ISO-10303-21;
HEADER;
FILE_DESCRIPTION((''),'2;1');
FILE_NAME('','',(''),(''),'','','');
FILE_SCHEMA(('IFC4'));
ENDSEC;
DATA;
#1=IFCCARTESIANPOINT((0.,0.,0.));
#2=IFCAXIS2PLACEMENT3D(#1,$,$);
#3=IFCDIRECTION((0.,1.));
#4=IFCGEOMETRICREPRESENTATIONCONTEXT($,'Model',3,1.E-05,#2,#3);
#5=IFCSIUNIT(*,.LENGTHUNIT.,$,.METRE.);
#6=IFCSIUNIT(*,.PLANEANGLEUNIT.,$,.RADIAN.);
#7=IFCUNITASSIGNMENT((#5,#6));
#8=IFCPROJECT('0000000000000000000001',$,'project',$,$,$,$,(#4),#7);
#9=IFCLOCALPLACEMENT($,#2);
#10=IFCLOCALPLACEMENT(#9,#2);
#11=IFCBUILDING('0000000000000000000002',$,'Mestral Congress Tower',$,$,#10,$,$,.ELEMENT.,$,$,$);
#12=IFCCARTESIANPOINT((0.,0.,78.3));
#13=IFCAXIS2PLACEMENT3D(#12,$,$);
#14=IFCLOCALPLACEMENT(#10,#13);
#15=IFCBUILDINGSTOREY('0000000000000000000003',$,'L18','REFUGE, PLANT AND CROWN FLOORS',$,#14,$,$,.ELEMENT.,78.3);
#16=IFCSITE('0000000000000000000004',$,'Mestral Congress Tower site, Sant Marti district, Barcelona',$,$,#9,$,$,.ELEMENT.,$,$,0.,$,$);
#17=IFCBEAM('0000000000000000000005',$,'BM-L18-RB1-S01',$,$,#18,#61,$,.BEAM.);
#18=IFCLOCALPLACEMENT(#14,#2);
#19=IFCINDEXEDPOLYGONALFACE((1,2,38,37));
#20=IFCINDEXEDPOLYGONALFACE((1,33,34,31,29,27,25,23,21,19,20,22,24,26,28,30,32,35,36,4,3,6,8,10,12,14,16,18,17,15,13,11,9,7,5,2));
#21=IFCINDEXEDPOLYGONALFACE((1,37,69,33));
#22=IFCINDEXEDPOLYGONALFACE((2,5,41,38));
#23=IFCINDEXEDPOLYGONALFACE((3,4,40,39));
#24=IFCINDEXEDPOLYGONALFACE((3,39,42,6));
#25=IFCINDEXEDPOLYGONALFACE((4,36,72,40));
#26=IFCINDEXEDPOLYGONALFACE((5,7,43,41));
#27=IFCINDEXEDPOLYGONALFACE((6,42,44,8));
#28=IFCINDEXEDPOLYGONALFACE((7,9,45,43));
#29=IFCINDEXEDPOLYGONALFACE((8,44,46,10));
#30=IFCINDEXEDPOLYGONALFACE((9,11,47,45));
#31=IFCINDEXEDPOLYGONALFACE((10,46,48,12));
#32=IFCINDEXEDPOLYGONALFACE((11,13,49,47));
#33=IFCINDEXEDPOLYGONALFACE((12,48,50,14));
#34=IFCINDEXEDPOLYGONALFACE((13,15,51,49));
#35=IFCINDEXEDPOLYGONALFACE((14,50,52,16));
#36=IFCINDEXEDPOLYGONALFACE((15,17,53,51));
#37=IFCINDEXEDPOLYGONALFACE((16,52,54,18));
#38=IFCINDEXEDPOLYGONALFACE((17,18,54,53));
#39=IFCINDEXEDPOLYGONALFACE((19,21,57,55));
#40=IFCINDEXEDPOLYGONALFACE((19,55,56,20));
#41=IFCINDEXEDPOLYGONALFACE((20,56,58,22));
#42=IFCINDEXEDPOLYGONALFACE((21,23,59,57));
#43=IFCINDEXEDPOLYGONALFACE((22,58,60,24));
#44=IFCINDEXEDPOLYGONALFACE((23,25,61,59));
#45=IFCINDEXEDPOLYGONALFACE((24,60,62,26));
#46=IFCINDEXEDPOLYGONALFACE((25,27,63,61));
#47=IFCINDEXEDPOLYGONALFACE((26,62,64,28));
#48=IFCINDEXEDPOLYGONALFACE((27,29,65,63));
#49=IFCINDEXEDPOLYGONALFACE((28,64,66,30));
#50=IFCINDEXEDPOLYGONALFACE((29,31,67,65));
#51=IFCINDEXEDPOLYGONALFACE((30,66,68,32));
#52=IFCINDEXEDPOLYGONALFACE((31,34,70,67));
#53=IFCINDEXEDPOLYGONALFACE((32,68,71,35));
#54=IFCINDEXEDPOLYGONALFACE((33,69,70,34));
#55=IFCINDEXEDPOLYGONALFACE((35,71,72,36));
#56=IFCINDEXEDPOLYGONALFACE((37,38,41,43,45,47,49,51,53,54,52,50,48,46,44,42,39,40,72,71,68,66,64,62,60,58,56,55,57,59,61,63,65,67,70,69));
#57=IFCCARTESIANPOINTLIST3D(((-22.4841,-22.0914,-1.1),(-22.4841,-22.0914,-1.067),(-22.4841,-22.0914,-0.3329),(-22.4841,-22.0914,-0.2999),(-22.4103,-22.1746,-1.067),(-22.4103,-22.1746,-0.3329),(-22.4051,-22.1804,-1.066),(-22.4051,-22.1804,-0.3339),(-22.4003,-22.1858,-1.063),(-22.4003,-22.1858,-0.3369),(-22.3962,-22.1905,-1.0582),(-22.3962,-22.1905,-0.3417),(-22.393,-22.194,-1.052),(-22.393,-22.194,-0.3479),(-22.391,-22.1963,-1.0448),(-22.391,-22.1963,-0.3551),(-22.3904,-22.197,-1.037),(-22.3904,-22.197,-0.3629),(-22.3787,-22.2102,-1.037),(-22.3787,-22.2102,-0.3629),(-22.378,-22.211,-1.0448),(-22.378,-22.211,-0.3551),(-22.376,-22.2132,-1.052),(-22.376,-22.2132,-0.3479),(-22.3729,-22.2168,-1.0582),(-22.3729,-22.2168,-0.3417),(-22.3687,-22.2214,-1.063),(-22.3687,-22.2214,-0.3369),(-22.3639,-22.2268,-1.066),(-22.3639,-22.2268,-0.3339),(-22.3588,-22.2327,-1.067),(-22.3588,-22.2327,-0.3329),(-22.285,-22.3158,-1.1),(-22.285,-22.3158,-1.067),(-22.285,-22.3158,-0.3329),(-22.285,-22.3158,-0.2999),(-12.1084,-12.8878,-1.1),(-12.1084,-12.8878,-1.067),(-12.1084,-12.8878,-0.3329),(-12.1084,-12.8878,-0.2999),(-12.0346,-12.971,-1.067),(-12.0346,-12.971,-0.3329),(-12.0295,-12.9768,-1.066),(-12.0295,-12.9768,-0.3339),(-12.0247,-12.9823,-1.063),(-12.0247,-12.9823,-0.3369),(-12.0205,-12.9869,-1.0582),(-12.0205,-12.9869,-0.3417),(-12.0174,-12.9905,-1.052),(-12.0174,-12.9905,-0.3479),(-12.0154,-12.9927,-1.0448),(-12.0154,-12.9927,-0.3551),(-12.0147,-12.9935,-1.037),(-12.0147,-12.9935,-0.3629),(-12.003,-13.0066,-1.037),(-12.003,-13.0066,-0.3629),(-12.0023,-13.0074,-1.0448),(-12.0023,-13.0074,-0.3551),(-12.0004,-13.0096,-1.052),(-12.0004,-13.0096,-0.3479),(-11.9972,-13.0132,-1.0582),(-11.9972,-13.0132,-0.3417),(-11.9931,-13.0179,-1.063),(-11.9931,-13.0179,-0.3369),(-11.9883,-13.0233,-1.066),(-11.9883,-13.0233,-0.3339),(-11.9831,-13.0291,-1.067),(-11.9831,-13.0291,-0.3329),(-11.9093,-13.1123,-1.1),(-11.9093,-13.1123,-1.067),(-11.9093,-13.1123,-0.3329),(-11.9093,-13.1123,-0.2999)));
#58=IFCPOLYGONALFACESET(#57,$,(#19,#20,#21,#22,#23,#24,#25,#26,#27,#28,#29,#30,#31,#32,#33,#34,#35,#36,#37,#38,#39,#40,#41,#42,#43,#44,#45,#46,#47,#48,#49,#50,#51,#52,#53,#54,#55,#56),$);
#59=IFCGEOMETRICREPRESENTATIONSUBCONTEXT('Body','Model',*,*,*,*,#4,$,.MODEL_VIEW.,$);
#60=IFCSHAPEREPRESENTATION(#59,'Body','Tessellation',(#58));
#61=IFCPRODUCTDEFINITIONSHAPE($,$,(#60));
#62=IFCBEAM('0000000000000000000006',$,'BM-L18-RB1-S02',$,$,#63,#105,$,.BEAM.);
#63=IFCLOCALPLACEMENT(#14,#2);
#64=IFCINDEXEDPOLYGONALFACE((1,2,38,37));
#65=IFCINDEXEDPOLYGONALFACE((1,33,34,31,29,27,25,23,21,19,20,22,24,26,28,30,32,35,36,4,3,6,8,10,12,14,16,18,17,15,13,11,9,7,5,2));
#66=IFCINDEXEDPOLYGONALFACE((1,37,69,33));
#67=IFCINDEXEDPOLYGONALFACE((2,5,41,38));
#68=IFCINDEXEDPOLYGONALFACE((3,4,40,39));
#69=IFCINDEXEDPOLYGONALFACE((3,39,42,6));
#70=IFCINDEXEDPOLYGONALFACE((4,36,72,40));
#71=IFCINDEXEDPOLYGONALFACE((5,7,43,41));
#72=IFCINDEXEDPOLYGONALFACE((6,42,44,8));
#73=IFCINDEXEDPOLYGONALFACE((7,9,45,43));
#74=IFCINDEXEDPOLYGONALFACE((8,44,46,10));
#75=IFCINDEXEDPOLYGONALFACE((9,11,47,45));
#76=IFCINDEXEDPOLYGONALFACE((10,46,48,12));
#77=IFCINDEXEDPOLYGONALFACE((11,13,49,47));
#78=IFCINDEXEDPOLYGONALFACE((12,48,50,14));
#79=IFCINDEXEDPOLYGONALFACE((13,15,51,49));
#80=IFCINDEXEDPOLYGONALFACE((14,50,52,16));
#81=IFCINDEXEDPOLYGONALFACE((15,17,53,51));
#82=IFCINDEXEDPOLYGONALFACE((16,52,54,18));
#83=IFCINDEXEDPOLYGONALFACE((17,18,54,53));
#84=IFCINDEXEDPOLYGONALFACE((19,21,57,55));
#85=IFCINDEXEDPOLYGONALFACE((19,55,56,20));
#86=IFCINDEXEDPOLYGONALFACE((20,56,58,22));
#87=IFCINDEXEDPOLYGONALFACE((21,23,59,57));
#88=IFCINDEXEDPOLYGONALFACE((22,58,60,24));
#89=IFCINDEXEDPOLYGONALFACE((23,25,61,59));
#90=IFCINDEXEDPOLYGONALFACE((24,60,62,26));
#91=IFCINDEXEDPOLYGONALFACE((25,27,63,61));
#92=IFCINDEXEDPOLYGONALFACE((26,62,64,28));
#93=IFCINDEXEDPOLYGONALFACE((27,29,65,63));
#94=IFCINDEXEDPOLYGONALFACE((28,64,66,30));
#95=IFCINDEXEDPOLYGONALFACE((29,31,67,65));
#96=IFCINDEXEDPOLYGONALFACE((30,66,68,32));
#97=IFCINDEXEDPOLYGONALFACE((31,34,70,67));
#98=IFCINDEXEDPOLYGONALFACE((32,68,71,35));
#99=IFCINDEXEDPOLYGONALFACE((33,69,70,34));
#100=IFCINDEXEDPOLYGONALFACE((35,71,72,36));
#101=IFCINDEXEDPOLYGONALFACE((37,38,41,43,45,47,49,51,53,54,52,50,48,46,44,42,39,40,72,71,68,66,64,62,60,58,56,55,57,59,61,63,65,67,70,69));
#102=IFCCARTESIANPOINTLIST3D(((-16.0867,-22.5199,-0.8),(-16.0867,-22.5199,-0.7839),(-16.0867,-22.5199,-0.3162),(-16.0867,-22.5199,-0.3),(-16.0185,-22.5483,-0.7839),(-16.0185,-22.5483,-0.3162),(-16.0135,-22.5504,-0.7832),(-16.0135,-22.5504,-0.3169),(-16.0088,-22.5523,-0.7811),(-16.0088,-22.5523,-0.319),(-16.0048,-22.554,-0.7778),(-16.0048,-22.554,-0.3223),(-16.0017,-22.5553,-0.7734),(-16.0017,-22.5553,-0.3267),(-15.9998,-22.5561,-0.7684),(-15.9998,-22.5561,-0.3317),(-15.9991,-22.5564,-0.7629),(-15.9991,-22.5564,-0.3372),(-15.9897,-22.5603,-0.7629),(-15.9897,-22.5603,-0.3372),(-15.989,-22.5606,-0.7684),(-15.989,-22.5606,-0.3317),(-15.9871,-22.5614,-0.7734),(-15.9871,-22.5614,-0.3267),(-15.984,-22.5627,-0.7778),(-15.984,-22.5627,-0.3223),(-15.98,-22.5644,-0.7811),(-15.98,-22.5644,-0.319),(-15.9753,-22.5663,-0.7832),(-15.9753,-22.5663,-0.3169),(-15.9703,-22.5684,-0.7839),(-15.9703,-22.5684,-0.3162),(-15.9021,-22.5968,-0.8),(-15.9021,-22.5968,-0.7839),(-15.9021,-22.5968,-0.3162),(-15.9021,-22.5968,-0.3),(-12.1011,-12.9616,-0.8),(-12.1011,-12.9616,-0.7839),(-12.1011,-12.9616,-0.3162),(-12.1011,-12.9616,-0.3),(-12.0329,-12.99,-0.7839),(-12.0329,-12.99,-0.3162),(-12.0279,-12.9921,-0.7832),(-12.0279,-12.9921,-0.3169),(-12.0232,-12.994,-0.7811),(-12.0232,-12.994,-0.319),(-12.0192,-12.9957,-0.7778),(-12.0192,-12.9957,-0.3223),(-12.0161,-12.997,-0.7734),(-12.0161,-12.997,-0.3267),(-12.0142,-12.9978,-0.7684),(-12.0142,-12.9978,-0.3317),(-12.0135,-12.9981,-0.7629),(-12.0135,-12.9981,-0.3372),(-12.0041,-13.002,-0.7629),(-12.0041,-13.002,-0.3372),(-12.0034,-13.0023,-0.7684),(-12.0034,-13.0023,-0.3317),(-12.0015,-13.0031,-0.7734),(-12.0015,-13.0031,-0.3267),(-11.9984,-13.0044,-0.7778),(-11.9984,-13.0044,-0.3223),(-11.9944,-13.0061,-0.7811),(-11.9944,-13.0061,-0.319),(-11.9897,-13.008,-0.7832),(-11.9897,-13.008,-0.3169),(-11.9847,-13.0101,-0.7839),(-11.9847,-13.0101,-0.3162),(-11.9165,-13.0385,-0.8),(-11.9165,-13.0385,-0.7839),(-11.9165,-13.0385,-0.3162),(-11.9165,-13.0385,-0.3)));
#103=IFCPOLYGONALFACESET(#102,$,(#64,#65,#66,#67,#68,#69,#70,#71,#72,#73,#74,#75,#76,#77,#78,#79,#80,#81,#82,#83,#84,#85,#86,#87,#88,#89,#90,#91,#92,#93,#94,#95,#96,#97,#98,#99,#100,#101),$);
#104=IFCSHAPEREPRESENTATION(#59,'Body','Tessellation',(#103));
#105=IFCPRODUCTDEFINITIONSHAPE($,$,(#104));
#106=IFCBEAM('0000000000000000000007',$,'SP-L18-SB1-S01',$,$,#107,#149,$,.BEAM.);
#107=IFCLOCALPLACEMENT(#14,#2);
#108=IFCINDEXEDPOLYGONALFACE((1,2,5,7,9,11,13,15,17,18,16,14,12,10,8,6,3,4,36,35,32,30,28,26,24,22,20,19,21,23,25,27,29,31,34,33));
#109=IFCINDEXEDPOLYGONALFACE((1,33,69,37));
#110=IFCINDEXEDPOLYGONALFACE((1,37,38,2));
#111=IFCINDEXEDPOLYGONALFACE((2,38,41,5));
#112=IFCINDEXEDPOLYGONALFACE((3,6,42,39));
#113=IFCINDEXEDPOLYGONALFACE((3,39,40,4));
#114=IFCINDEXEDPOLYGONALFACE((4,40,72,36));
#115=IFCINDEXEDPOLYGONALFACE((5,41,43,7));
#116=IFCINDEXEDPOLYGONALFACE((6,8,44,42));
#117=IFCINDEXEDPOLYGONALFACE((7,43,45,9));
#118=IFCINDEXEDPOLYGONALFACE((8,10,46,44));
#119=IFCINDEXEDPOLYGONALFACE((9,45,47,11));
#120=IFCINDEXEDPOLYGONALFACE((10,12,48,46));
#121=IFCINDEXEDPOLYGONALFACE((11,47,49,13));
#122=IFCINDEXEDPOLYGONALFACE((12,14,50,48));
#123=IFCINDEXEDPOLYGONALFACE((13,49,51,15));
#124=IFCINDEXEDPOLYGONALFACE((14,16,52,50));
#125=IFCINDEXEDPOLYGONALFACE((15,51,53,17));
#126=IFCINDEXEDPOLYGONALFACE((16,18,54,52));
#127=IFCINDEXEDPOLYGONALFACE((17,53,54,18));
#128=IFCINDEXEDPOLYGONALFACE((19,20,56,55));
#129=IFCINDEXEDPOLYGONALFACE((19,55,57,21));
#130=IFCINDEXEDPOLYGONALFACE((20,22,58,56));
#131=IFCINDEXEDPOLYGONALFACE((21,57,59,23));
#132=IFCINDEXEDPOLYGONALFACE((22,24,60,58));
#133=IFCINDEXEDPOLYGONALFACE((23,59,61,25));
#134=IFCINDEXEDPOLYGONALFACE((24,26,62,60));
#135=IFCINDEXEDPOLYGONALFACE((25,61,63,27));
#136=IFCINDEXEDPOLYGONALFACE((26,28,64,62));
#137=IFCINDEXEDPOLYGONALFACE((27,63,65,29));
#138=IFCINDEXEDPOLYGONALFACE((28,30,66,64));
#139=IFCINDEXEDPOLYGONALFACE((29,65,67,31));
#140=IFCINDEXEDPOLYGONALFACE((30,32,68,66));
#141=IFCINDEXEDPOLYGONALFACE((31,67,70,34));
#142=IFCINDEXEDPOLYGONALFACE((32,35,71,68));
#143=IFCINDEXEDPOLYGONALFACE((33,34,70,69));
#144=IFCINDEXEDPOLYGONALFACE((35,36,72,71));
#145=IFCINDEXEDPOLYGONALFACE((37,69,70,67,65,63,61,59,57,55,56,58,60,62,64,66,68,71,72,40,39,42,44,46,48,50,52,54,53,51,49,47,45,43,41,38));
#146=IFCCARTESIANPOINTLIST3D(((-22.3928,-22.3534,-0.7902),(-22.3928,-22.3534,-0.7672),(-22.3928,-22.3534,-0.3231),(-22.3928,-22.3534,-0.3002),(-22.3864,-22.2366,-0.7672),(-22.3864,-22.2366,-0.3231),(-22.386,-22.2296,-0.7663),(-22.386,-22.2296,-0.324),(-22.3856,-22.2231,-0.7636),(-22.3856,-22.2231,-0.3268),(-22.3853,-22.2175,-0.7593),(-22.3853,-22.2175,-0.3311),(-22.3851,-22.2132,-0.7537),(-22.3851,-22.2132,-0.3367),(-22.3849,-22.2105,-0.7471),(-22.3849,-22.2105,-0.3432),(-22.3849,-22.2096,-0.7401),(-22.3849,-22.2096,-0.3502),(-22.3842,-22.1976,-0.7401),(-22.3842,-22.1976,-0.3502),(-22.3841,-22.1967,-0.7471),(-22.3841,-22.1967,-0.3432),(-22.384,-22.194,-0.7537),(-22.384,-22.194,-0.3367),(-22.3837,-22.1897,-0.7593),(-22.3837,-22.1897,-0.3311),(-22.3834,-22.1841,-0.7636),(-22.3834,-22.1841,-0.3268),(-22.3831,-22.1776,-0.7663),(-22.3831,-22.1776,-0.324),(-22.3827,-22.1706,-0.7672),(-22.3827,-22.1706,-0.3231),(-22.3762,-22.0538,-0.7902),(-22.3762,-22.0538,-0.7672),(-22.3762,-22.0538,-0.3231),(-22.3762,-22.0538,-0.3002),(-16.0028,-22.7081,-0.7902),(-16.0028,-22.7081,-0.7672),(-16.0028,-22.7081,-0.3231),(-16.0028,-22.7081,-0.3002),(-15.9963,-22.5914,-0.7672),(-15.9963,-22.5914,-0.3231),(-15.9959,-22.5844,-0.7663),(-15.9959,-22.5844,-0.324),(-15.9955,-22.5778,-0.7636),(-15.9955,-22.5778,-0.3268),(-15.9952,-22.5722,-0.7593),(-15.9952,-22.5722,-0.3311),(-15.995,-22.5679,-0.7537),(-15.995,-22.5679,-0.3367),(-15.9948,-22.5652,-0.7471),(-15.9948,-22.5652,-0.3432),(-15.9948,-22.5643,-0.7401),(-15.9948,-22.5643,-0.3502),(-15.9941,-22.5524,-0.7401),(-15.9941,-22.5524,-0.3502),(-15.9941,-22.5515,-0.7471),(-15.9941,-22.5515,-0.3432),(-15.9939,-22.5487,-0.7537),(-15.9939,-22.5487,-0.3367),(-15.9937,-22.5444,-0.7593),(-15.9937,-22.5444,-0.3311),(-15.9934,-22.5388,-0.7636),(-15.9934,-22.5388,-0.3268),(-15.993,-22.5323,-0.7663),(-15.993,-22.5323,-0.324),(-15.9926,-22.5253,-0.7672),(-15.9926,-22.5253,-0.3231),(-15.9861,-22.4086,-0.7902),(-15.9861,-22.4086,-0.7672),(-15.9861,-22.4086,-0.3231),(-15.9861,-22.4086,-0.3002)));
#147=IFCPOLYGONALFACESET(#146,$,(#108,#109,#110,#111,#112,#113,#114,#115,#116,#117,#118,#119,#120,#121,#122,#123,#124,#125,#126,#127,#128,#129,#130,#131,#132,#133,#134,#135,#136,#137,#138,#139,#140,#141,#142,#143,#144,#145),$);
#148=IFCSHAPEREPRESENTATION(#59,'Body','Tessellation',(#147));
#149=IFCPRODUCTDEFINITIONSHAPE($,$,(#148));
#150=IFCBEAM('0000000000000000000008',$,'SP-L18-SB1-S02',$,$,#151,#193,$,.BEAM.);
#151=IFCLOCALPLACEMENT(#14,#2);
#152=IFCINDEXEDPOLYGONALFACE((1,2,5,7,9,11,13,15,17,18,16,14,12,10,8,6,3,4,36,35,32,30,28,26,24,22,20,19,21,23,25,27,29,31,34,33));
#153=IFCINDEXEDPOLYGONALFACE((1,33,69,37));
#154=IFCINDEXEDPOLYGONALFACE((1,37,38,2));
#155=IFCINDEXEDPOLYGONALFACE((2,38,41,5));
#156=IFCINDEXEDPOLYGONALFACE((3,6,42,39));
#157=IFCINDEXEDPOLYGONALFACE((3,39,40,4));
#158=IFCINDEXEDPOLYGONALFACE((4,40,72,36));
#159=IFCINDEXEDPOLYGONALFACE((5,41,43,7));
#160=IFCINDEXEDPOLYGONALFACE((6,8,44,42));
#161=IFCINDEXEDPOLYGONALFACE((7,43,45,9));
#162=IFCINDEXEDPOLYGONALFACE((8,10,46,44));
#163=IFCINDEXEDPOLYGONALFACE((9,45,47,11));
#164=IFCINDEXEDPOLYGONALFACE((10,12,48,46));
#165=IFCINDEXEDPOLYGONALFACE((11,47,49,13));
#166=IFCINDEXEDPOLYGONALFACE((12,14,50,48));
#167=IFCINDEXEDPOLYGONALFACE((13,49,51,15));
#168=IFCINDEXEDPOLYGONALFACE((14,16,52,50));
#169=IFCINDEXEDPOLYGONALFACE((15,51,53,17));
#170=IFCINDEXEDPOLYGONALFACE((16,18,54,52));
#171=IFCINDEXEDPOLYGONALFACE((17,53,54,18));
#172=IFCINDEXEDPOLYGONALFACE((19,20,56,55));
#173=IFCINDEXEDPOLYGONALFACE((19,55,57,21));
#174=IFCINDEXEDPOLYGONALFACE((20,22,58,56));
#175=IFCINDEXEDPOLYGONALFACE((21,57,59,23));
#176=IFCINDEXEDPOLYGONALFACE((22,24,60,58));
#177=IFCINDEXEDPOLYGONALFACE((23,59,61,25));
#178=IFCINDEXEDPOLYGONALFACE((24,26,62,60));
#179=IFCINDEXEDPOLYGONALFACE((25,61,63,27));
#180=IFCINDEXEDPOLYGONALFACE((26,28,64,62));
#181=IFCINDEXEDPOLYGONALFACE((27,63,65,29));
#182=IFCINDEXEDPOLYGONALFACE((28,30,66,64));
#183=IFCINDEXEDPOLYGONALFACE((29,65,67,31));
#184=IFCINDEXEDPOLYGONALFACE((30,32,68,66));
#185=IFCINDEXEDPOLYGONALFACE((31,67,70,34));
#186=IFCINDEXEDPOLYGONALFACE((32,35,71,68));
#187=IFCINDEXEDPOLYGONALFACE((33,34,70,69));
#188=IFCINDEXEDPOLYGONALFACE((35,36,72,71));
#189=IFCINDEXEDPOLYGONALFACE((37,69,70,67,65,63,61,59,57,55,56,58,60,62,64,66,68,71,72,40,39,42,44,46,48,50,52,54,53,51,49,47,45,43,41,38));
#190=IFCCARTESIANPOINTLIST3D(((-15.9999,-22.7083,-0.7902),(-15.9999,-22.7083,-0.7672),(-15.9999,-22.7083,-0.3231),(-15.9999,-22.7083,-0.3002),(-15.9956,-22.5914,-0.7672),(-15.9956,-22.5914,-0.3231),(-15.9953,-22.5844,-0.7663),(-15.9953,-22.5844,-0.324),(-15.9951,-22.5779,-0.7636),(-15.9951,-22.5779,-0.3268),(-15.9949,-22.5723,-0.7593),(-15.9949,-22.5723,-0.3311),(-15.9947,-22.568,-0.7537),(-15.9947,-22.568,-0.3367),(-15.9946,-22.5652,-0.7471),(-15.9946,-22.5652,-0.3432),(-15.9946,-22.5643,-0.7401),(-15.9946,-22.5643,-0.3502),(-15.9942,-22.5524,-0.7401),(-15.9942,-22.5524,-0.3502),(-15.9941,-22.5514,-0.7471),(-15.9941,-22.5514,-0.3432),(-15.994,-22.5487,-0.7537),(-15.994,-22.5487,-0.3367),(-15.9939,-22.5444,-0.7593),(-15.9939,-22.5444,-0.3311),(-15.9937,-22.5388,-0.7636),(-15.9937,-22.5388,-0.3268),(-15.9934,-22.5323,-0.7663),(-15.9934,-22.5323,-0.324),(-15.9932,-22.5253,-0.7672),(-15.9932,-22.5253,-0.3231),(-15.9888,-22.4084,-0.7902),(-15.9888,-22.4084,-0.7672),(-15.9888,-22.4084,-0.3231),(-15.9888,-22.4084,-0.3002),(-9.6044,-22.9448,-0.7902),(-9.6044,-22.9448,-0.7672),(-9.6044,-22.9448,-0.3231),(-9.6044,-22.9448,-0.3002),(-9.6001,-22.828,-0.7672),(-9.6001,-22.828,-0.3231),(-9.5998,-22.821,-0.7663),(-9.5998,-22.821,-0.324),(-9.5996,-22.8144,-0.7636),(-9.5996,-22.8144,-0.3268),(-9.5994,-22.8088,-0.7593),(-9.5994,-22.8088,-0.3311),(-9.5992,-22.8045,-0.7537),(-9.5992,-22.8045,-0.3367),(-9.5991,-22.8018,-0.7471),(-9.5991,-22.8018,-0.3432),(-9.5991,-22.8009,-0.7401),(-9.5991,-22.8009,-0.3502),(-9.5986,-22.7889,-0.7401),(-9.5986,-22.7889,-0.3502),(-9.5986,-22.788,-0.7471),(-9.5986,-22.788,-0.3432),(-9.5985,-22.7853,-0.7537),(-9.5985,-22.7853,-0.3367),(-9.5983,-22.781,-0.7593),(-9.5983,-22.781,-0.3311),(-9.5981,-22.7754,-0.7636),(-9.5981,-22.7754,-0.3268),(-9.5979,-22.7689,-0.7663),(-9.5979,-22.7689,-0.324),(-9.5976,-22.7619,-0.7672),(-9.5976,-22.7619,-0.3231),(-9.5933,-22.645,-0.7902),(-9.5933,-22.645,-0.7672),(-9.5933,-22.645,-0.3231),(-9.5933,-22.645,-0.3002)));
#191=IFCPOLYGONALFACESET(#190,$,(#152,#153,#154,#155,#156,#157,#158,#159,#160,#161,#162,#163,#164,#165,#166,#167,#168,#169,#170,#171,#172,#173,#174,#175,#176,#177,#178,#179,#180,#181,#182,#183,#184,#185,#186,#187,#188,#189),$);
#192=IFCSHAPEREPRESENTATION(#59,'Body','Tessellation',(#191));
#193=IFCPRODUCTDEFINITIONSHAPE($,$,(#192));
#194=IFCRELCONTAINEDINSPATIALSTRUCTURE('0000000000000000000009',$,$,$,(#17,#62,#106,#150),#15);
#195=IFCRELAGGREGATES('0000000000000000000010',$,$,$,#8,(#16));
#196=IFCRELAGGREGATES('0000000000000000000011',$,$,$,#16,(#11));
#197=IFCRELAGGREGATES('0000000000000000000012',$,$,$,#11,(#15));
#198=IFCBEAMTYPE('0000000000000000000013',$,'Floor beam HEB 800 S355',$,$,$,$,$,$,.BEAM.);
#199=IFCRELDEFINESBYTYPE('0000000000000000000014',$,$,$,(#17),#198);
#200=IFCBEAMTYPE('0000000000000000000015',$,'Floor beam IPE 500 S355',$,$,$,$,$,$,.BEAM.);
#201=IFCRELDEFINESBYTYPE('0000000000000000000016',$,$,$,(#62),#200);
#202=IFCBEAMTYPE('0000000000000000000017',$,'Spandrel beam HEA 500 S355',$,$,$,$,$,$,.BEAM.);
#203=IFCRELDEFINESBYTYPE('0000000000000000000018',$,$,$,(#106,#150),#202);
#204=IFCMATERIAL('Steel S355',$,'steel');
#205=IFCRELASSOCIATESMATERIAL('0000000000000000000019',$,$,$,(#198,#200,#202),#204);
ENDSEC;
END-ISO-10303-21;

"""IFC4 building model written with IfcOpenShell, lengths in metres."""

from ifc_helpers import new_model, si_unit, direction, frame, origin, origin_2d, place, context, subcontext, project, spatial, i_section, extrude, material, material_profile, profile_set, type_object, element, save


model = new_model("IFC4")

# Units and contexts
model_context = context("Model", 3, precision=1e-05, world=origin(), true_north=direction((0.0, 1.0)))
body_context = subcontext(model_context, "Body", "Model", "MODEL_VIEW")
ifc_project = project(units=[si_unit("LENGTHUNIT", "METRE"), si_unit("PLANEANGLEUNIT", "RADIAN")], contexts=[model_context])

# Site, building, storey
site_placement = place(None, origin())
site = spatial("IfcSite", under=ifc_project, at=site_placement, Name="Mestral Congress Tower site, Sant Marti district, Barcelona", CompositionType="ELEMENT", RefElevation=0.0)
building_placement = place(site_placement, origin())
building = spatial("IfcBuilding", under=site, at=building_placement, Name="Mestral Congress Tower", CompositionType="ELEMENT")
storey_placement = place(building_placement, frame((0.0, 0.0, 78.3)))
storey = spatial("IfcBuildingStorey", under=building, at=storey_placement, Name="L18", Description="REFUGE, PLANT AND CROWN FLOORS", CompositionType="ELEMENT", Elevation=78.3)

# Shared definitions
ifc_material_1 = material(Name="Steel S355", Category="steel")

# Beams
ifc_material_profile_1 = material_profile(ifc_material_1, i_section(OverallWidth=0.3, OverallDepth=0.8, WebThickness=0.0176, FlangeThickness=0.033, FilletRadius=0.03, at=origin_2d()), Name="HEB 800")
ifc_profile_set_1 = profile_set([ifc_material_profile_1], Name="Steel S355")
beam_type_1 = type_object("IfcBeamType", Name="Floor beam HEB 800 S355", PredefinedType="BEAM", material=ifc_profile_set_1)
beam_1_placement = place(storey_placement, frame((-22.3845, -22.2036, -0.7), z_axis=(0.748098, 0.663588, 0.0), x_axis=(-0.663588, 0.748098, 0.0)))
element("IfcBeam", 1, at=beam_1_placement, inside=storey, type_object=beam_type_1, Name="BM-L18-RB1-S01", PredefinedType="BEAM", context=body_context, shape_type="SweptSolid", body=[
    extrude(i_section(OverallWidth=0.3, OverallDepth=0.8, WebThickness=0.0176, FlangeThickness=0.033, FilletRadius=0.03, at=origin_2d()), origin(), (0.0, 0.0, 1.0), 13.8694),
])
ifc_material_profile_2 = material_profile(ifc_material_1, i_section(OverallWidth=0.2, OverallDepth=0.5, WebThickness=0.0103, FlangeThickness=0.0161, FilletRadius=0.021, at=origin_2d()), Name="IPE 500")
ifc_profile_set_2 = profile_set([ifc_material_profile_2], Name="Steel S355")
beam_type_2 = type_object("IfcBeamType", Name="Floor beam IPE 500 S355", PredefinedType="BEAM", material=ifc_profile_set_2)
beam_2_placement = place(storey_placement, frame((-15.9944, -22.5583, -0.55), z_axis=(0.384858, 0.922976, 0.0), x_axis=(-0.922976, 0.384858, 0.0)))
element("IfcBeam", 2, at=beam_2_placement, inside=storey, type_object=beam_type_2, Name="BM-L18-RB1-S02", PredefinedType="BEAM", context=body_context, shape_type="SweptSolid", body=[
    extrude(i_section(OverallWidth=0.2, OverallDepth=0.5, WebThickness=0.0103, FlangeThickness=0.0161, FilletRadius=0.021, at=origin_2d()), origin(), (0.0, 0.0, 1.0), 10.356),
])
ifc_material_profile_3 = material_profile(ifc_material_1, i_section(OverallWidth=0.3, OverallDepth=0.49, WebThickness=0.012, FlangeThickness=0.0229, FilletRadius=0.0271, at=origin_2d()), Name="HEA 500")
ifc_profile_set_3 = profile_set([ifc_material_profile_3], Name="Steel S355")
beam_type_3 = type_object("IfcBeamType", Name="Spandrel beam HEA 500 S355", PredefinedType="BEAM", material=ifc_profile_set_3)
for number, where, z_axis, x_axis, name in (
    (3, (-22.3845, -22.2036, -0.5452), (0.998463, -0.055428, 0.0), (0.055428, 0.998463, 0.0), "SP-L18-SB1-S01"),
    (4, (-15.9944, -22.5583, -0.5452), (0.999317, -0.036965, 0.0), (0.036965, 0.999317, 0.0), "SP-L18-SB1-S02"),
):
    element("IfcBeam", number, at=place(storey_placement, frame(where, z_axis=z_axis, x_axis=x_axis)), inside=storey, type_object=beam_type_3, Name=name, PredefinedType="BEAM", context=body_context, shape_type="SweptSolid", body=[
        extrude(i_section(OverallWidth=0.3, OverallDepth=0.49, WebThickness=0.012, FlangeThickness=0.0229, FilletRadius=0.0271, at=origin_2d()), origin(), (0.0, 0.0, 1.0), 6.3999),
    ])

save(model, "model.ifc")
